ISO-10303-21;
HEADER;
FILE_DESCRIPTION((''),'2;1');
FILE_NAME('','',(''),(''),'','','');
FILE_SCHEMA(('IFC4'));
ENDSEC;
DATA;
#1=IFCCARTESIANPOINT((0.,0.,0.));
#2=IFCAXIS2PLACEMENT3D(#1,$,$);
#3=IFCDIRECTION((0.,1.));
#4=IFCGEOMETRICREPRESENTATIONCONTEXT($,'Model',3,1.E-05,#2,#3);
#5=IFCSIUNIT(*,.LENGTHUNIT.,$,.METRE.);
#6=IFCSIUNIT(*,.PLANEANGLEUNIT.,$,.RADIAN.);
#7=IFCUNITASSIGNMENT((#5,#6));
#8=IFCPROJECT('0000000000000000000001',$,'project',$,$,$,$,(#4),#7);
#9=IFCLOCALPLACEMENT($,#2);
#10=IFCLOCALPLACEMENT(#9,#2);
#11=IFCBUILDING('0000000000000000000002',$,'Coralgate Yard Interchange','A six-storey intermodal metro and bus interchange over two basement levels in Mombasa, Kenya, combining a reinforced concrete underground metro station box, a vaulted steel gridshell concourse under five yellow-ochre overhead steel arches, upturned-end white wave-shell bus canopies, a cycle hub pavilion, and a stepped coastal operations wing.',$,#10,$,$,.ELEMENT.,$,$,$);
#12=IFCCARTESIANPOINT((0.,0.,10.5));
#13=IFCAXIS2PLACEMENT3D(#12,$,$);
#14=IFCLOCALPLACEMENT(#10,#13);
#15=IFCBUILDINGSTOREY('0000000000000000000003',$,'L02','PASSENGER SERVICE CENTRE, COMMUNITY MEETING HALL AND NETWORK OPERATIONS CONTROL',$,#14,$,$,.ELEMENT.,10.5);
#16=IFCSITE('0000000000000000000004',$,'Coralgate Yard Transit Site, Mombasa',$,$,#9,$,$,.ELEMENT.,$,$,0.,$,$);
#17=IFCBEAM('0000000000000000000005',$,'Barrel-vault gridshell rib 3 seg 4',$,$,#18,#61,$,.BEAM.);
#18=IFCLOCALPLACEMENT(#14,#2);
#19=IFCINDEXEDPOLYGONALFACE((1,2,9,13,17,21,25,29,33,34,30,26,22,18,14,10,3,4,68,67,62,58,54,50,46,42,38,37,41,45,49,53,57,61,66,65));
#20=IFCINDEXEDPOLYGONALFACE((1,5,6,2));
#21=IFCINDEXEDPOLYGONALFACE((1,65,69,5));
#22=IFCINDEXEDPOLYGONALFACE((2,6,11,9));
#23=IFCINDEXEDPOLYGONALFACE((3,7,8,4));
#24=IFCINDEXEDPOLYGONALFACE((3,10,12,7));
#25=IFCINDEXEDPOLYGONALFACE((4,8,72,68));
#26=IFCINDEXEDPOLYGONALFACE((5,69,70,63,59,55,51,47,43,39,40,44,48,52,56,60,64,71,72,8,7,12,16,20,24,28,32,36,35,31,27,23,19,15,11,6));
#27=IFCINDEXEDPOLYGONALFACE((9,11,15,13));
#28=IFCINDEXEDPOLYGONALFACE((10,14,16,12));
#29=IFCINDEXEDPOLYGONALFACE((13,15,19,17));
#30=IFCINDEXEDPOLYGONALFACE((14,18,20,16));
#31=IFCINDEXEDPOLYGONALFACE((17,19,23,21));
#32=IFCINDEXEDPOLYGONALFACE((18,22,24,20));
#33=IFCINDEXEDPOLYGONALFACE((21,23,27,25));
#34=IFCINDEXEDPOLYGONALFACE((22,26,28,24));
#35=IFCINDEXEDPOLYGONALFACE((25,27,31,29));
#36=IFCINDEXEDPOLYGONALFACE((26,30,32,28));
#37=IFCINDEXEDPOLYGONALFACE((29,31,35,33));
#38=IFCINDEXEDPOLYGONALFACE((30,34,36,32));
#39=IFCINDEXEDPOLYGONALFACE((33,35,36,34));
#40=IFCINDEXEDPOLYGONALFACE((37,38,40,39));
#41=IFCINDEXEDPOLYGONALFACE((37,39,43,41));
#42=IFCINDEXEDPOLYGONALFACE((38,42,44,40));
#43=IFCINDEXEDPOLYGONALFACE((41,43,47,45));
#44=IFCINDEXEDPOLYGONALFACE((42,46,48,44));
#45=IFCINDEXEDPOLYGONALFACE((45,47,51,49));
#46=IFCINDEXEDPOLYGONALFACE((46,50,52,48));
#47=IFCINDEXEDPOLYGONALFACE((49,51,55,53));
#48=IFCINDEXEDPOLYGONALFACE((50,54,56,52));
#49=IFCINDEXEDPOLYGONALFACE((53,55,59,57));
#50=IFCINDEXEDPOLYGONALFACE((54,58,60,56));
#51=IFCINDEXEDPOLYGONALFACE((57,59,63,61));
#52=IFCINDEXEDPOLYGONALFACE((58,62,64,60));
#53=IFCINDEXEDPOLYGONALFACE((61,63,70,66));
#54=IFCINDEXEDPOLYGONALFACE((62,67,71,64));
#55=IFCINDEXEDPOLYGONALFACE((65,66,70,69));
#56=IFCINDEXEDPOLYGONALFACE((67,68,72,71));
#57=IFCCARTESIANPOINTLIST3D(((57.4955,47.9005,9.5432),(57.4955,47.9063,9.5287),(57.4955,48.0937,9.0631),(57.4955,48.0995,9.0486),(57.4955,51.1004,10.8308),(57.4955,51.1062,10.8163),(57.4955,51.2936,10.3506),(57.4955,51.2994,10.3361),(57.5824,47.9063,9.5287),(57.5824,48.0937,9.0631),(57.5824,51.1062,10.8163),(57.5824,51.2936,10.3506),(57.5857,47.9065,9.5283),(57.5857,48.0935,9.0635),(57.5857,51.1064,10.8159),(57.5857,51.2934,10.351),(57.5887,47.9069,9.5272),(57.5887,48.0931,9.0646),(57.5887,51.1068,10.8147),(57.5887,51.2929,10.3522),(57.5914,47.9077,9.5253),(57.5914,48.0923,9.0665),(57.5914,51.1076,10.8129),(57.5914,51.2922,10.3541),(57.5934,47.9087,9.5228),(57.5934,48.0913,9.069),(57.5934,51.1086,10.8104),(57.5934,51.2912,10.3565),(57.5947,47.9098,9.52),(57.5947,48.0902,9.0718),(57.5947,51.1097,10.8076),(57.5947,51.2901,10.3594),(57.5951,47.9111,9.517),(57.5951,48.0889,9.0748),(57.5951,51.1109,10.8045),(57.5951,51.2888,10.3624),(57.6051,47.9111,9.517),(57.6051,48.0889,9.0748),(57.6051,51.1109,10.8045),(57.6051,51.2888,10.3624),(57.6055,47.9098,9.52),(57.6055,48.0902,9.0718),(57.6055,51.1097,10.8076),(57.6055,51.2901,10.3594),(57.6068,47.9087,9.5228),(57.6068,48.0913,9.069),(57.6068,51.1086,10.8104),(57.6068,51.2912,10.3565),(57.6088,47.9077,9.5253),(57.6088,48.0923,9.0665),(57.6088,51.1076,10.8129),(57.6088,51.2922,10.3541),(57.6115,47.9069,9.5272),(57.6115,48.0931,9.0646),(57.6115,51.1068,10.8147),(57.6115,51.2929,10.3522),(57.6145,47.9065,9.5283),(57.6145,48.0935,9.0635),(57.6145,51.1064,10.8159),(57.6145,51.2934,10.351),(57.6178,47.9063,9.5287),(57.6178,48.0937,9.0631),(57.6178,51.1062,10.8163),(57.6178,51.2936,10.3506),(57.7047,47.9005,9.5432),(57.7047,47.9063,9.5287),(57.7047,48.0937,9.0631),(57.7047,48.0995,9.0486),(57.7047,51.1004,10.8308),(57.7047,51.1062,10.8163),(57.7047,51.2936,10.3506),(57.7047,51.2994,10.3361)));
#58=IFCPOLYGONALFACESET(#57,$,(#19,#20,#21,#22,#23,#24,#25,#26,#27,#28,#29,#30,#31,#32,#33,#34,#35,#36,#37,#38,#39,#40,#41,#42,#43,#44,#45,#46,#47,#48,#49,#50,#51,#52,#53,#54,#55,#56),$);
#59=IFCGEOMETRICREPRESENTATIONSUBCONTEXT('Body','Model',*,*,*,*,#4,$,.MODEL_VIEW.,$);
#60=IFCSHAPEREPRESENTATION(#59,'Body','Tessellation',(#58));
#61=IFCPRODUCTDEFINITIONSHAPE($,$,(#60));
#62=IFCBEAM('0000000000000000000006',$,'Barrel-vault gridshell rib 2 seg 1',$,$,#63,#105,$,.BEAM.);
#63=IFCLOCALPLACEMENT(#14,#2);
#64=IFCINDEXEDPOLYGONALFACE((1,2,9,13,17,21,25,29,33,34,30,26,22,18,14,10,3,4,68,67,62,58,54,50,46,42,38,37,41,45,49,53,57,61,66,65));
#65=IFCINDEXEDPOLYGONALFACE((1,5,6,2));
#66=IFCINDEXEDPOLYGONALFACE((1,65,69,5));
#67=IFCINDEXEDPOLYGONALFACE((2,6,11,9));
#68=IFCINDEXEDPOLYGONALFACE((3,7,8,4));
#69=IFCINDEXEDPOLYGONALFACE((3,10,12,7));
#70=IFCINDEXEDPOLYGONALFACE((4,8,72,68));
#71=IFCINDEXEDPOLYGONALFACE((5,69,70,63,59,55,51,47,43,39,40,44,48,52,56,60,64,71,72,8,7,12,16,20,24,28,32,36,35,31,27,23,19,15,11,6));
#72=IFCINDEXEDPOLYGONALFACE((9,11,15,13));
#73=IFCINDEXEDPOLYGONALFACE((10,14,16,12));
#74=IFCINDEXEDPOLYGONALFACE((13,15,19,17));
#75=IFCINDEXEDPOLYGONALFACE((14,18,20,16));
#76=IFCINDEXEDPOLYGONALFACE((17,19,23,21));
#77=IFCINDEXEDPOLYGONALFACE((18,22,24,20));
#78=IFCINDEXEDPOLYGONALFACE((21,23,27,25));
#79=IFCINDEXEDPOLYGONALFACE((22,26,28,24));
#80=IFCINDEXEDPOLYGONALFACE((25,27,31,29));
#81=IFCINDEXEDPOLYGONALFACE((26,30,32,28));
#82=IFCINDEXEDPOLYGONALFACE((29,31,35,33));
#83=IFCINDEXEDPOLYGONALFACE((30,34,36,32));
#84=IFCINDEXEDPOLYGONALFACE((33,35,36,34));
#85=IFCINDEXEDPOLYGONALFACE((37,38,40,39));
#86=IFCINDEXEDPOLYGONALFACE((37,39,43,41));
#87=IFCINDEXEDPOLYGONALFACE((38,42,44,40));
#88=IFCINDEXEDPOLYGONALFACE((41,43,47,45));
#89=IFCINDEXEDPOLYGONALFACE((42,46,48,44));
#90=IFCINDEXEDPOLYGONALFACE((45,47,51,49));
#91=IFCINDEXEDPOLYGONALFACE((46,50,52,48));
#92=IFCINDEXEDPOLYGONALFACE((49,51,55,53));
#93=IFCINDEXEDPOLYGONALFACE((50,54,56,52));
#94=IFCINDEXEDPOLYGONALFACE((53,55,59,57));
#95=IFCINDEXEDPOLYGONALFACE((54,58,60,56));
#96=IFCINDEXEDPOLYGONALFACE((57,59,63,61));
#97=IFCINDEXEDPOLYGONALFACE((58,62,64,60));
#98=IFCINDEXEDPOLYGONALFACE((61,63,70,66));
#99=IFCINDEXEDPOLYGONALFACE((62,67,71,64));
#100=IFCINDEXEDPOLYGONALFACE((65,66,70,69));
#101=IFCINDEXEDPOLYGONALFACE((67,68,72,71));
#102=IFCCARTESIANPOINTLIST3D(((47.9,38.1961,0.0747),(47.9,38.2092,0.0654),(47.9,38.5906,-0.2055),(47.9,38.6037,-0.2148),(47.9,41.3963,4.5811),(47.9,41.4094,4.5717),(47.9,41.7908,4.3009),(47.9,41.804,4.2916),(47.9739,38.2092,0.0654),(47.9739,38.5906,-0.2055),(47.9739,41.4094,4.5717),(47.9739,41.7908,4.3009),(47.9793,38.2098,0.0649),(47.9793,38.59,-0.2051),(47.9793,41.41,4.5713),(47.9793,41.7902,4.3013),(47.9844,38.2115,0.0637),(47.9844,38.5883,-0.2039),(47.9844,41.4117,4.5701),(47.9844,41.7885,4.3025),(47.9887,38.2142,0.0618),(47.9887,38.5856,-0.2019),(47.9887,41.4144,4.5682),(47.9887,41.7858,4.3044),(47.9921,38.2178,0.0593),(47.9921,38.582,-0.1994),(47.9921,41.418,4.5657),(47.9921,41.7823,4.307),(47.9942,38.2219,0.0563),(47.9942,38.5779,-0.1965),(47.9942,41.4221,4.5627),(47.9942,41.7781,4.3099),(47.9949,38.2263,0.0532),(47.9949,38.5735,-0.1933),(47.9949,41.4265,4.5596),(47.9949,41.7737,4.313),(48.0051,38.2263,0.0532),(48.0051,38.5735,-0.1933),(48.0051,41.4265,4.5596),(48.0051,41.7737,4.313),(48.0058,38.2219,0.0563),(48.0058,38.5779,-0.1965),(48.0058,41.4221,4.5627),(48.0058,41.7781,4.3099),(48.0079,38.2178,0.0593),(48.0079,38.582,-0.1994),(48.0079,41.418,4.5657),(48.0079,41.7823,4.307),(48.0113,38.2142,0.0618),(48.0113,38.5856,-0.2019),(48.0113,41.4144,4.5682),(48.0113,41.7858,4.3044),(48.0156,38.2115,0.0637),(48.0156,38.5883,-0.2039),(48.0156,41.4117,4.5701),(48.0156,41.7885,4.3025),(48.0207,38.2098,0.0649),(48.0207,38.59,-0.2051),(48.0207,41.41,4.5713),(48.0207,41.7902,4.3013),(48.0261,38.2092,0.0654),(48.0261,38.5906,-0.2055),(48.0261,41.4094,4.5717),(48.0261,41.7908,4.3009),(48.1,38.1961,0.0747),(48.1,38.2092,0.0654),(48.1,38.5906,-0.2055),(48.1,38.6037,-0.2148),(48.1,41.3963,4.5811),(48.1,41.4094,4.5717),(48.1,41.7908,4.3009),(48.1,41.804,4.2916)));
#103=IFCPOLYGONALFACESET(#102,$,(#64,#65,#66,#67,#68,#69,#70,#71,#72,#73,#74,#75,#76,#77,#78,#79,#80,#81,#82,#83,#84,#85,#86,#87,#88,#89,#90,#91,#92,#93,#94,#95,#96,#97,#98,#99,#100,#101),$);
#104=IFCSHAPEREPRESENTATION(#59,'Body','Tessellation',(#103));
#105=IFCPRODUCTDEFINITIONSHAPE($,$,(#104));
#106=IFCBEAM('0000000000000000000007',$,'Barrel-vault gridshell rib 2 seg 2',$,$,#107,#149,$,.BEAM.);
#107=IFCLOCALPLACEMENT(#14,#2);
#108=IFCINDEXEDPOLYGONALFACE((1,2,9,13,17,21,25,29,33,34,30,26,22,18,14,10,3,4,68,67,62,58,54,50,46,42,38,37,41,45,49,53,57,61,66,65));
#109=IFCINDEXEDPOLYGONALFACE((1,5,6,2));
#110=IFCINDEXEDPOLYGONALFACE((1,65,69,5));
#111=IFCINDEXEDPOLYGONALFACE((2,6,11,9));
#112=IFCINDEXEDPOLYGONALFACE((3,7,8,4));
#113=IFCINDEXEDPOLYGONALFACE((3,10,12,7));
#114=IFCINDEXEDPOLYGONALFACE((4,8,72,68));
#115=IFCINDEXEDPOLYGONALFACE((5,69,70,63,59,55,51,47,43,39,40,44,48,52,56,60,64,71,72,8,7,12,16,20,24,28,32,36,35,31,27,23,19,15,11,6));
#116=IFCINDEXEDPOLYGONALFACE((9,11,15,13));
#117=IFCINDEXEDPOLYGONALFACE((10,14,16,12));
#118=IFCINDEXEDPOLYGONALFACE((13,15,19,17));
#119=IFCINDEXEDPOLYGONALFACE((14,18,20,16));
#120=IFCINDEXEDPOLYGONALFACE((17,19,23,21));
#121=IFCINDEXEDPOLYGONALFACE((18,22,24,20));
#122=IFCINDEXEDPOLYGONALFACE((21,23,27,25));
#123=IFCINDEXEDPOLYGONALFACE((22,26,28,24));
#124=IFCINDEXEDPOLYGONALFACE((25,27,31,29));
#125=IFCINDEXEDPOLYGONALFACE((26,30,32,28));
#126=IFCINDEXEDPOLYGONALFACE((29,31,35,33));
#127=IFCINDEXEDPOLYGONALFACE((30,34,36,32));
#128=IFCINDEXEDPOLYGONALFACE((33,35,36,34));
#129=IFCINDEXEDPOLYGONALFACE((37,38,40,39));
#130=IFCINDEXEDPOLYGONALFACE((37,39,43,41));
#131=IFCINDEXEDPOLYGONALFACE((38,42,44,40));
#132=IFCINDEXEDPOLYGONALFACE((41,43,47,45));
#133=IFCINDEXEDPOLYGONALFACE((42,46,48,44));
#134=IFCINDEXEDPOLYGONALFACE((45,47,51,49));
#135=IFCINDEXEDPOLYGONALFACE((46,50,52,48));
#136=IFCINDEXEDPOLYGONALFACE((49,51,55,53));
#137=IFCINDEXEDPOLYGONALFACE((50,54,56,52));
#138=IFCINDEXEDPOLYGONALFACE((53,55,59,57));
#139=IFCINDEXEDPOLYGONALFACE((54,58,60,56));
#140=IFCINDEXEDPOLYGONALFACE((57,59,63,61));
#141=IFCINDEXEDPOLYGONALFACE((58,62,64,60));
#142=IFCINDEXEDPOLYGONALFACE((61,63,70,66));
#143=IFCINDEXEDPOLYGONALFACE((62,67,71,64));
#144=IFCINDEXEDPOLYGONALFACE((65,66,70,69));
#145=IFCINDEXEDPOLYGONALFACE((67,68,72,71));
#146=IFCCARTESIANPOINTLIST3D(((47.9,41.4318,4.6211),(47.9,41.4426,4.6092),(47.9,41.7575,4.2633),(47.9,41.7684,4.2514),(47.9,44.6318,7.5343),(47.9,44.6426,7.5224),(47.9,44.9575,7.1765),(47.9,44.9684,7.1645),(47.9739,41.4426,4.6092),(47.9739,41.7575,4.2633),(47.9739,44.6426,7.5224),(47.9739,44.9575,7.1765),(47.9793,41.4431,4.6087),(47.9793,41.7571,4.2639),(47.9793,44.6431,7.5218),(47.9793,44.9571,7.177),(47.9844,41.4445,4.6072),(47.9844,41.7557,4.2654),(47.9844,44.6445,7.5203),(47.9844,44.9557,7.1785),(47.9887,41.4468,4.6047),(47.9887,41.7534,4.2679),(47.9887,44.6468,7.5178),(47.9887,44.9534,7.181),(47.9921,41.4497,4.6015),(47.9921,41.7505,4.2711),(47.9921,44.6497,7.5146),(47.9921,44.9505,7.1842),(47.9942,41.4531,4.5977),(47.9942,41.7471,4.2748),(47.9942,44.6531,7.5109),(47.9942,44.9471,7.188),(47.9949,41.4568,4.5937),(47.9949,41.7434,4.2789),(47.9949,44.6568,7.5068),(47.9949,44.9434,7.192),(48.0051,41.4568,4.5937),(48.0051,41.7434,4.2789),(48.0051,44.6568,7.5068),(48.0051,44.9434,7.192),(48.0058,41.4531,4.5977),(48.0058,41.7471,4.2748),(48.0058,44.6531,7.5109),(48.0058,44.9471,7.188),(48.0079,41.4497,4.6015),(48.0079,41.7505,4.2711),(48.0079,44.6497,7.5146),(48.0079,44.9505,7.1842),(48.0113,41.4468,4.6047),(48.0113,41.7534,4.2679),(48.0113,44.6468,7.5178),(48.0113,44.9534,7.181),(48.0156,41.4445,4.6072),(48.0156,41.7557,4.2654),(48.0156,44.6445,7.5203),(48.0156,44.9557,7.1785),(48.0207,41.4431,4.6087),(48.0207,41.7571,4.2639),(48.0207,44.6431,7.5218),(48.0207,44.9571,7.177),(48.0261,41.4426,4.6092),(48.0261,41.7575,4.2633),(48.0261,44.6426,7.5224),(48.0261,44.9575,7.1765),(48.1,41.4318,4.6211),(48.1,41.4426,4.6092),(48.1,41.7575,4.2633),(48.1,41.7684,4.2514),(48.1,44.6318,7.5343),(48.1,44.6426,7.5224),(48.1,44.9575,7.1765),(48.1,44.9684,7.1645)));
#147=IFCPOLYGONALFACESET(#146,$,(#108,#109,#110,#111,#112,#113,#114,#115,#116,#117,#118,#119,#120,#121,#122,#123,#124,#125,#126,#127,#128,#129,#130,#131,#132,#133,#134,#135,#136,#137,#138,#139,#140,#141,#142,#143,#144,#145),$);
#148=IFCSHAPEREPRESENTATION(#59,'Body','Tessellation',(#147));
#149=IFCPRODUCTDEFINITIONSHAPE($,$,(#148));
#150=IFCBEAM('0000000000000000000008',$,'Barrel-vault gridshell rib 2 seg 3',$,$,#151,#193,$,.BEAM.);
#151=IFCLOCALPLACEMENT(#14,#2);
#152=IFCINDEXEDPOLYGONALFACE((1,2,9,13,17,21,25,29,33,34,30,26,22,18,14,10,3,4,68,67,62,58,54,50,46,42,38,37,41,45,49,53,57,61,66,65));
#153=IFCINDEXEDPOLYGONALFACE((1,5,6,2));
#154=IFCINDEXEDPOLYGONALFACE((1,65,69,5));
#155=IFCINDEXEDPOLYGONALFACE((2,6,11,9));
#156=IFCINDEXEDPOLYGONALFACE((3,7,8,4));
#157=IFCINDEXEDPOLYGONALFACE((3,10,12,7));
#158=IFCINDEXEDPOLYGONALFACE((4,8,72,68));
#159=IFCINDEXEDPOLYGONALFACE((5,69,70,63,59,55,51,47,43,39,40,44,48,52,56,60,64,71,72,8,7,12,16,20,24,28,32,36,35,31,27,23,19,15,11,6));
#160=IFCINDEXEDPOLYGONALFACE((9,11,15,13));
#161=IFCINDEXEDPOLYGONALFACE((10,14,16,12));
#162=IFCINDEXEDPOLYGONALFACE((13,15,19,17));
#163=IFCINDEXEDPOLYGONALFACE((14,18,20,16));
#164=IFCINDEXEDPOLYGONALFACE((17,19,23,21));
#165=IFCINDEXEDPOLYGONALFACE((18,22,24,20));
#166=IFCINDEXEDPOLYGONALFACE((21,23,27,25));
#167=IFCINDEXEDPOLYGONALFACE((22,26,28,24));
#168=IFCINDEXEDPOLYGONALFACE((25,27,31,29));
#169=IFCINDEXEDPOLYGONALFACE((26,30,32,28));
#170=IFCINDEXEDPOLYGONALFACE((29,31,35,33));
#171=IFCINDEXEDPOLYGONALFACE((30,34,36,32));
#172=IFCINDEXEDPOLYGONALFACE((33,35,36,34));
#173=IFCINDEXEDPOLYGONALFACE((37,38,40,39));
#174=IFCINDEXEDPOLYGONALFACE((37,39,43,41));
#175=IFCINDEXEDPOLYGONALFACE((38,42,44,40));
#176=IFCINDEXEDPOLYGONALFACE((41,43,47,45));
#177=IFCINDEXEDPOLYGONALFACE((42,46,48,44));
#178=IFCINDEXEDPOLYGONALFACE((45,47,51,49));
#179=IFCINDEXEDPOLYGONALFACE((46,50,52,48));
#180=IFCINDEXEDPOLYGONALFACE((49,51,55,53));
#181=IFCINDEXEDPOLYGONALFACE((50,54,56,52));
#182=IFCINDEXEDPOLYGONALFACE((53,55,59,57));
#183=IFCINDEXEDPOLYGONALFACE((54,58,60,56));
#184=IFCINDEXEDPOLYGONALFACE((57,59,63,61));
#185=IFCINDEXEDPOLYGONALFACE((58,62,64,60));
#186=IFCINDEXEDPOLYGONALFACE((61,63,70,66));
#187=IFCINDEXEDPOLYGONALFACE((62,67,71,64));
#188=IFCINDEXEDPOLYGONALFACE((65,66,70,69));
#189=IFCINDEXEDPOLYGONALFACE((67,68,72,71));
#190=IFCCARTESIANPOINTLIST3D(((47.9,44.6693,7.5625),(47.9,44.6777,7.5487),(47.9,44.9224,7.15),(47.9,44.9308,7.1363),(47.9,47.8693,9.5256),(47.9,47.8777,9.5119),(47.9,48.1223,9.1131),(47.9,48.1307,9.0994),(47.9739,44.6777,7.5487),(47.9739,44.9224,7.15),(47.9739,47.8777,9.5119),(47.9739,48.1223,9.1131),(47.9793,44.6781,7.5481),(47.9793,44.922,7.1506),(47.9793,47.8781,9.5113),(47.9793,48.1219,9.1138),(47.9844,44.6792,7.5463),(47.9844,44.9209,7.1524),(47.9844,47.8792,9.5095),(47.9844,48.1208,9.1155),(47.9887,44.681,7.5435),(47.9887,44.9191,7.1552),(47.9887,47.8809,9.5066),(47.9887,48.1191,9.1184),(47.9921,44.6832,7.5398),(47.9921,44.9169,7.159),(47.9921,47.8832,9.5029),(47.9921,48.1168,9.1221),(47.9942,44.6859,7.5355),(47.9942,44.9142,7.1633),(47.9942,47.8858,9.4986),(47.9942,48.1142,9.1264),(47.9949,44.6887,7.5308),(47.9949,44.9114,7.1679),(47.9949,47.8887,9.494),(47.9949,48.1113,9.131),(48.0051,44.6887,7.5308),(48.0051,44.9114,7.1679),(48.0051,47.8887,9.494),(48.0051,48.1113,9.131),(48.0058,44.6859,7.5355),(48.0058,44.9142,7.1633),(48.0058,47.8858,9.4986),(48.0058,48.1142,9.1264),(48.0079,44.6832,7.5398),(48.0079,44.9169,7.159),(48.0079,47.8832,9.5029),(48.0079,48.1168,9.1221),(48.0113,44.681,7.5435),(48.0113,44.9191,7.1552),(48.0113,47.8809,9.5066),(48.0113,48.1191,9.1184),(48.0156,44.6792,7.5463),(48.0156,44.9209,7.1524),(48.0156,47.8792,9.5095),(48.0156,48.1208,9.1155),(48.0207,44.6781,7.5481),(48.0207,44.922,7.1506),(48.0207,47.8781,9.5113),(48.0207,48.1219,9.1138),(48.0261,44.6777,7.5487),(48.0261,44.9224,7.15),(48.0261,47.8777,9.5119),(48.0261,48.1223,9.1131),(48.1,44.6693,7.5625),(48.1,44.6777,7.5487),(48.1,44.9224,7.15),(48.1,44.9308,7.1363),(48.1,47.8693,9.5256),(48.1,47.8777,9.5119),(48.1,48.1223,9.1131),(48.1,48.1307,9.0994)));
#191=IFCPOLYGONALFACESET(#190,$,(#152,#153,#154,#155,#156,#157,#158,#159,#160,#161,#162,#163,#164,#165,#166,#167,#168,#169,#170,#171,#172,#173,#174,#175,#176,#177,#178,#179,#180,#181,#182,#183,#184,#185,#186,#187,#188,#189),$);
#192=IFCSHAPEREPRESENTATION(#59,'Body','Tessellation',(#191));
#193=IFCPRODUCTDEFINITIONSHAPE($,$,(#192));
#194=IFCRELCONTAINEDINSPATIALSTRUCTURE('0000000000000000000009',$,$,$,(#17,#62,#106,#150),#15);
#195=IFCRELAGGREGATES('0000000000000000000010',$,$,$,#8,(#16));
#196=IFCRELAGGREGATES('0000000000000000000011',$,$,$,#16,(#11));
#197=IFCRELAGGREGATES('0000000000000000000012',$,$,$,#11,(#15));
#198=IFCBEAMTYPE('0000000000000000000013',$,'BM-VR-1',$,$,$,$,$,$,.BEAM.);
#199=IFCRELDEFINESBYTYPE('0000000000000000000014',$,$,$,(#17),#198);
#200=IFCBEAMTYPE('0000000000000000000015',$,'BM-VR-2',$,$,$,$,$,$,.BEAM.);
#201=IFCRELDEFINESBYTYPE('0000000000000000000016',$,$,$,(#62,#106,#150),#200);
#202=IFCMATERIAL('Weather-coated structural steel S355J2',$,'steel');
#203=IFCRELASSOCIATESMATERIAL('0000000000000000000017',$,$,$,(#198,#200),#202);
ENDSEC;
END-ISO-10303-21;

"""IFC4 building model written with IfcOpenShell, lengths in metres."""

from ifc_helpers import new_model, si_unit, direction, frame, origin, origin_2d, place, context, subcontext, project, spatial, i_section, extrude, material, material_profile, profile_set, type_object, element, save


model = new_model("IFC4")

# Units and contexts
model_context = context("Model", 3, precision=1e-05, world=origin(), true_north=direction((0.0, 1.0)))
body_context = subcontext(model_context, "Body", "Model", "MODEL_VIEW")
ifc_project = project(units=[si_unit("LENGTHUNIT", "METRE"), si_unit("PLANEANGLEUNIT", "RADIAN")], contexts=[model_context])

# Site, building, storey
site_placement = place(None, origin())
site = spatial("IfcSite", under=ifc_project, at=site_placement, Name="Coralgate Yard Transit Site, Mombasa", CompositionType="ELEMENT", RefElevation=0.0)
building_placement = place(site_placement, origin())
building = spatial("IfcBuilding", under=site, at=building_placement, Name="Coralgate Yard Interchange", Description="A six-storey intermodal metro and bus interchange over two basement levels in Mombasa, Kenya, combining a reinforced concrete underground metro station box, a vaulted steel gridshell concourse under five yellow-ochre overhead steel arches, upturned-end white wave-shell bus canopies, a cycle hub pavilion, and a stepped coastal operations wing.", CompositionType="ELEMENT")
storey_placement = place(building_placement, frame((0.0, 0.0, 10.5)))
storey = spatial("IfcBuildingStorey", under=building, at=storey_placement, Name="L02", Description="PASSENGER SERVICE CENTRE, COMMUNITY MEETING HALL AND NETWORK OPERATIONS CONTROL", CompositionType="ELEMENT", Elevation=10.5)

# Beams
ifc_material_1 = material(Name="Weather-coated structural steel S355J2", Category="steel")
ifc_material_profile_1 = material_profile(ifc_material_1, i_section(OverallWidth=0.2092, OverallDepth=0.5332, WebThickness=0.01, FlangeThickness=0.0156, FilletRadius=0.0127, at=origin_2d()), Name="UB 533x210x92")
ifc_profile_set_1 = profile_set([ifc_material_profile_1], Name="Weather-coated structural steel S355J2")
beam_type_1 = type_object("IfcBeamType", Name="BM-VR-1", PredefinedType="BEAM", material=ifc_profile_set_1)
beam_1_placement = place(storey_placement, frame((57.6001, 48.0, 9.2959), z_axis=(0.0, 0.927713, 0.373294), x_axis=(-1.0, 0.0, 0.0)))
element("IfcBeam", 1, at=beam_1_placement, inside=storey, type_object=beam_type_1, Name="Barrel-vault gridshell rib 3 seg 4", PredefinedType="BEAM", context=body_context, shape_type="SweptSolid", body=[
    extrude(i_section(OverallWidth=0.2092, OverallDepth=0.5332, WebThickness=0.01, FlangeThickness=0.0156, FilletRadius=0.0127, at=origin_2d()), origin(), (0.0, 0.0, 1.0), 3.4492),
])
ifc_material_profile_2 = material_profile(ifc_material_1, i_section(OverallWidth=0.2, OverallDepth=0.5, WebThickness=0.0103, FlangeThickness=0.0161, FilletRadius=0.021, at=origin_2d()), Name="IPE 500")
ifc_profile_set_2 = profile_set([ifc_material_profile_2], Name="Weather-coated structural steel S355J2")
beam_type_2 = type_object("IfcBeamType", Name="BM-VR-2", PredefinedType="BEAM", material=ifc_profile_set_2)
beam_2_placement = place(storey_placement, frame((48.0, 38.3999, -0.0701), z_axis=(0.0, 0.579005, 0.815324), x_axis=(-1.0, 0.0, 0.0)))
element("IfcBeam", 2, at=beam_2_placement, inside=storey, type_object=beam_type_2, Name="Barrel-vault gridshell rib 2 seg 1", PredefinedType="BEAM", context=body_context, shape_type="SweptSolid", body=[
    extrude(i_section(OverallWidth=0.2, OverallDepth=0.5, WebThickness=0.0103, FlangeThickness=0.0161, FilletRadius=0.021, at=origin_2d()), origin(), (0.0, 0.0, 1.0), 5.5271),
])
beam_3_placement = place(storey_placement, frame((48.0, 41.6001, 4.4363), z_axis=(0.0, 0.739475, 0.673184), x_axis=(-1.0, 0.0, 0.0)))
element("IfcBeam", 3, at=beam_3_placement, inside=storey, type_object=beam_type_2, Name="Barrel-vault gridshell rib 2 seg 2", PredefinedType="BEAM", context=body_context, shape_type="SweptSolid", body=[
    extrude(i_section(OverallWidth=0.2, OverallDepth=0.5, WebThickness=0.0103, FlangeThickness=0.0161, FilletRadius=0.021, at=origin_2d()), origin(), (0.0, 0.0, 1.0), 4.3274),
])
beam_4_placement = place(storey_placement, frame((48.0, 44.8, 7.3494), z_axis=(0.0, 0.852379, 0.522925), x_axis=(-1.0, 0.0, 0.0)))
element("IfcBeam", 4, at=beam_4_placement, inside=storey, type_object=beam_type_2, Name="Barrel-vault gridshell rib 2 seg 3", PredefinedType="BEAM", context=body_context, shape_type="SweptSolid", body=[
    extrude(i_section(OverallWidth=0.2, OverallDepth=0.5, WebThickness=0.0103, FlangeThickness=0.0161, FilletRadius=0.021, at=origin_2d()), origin(), (0.0, 0.0, 1.0), 3.7542),
])

save(model, "model.ifc")
